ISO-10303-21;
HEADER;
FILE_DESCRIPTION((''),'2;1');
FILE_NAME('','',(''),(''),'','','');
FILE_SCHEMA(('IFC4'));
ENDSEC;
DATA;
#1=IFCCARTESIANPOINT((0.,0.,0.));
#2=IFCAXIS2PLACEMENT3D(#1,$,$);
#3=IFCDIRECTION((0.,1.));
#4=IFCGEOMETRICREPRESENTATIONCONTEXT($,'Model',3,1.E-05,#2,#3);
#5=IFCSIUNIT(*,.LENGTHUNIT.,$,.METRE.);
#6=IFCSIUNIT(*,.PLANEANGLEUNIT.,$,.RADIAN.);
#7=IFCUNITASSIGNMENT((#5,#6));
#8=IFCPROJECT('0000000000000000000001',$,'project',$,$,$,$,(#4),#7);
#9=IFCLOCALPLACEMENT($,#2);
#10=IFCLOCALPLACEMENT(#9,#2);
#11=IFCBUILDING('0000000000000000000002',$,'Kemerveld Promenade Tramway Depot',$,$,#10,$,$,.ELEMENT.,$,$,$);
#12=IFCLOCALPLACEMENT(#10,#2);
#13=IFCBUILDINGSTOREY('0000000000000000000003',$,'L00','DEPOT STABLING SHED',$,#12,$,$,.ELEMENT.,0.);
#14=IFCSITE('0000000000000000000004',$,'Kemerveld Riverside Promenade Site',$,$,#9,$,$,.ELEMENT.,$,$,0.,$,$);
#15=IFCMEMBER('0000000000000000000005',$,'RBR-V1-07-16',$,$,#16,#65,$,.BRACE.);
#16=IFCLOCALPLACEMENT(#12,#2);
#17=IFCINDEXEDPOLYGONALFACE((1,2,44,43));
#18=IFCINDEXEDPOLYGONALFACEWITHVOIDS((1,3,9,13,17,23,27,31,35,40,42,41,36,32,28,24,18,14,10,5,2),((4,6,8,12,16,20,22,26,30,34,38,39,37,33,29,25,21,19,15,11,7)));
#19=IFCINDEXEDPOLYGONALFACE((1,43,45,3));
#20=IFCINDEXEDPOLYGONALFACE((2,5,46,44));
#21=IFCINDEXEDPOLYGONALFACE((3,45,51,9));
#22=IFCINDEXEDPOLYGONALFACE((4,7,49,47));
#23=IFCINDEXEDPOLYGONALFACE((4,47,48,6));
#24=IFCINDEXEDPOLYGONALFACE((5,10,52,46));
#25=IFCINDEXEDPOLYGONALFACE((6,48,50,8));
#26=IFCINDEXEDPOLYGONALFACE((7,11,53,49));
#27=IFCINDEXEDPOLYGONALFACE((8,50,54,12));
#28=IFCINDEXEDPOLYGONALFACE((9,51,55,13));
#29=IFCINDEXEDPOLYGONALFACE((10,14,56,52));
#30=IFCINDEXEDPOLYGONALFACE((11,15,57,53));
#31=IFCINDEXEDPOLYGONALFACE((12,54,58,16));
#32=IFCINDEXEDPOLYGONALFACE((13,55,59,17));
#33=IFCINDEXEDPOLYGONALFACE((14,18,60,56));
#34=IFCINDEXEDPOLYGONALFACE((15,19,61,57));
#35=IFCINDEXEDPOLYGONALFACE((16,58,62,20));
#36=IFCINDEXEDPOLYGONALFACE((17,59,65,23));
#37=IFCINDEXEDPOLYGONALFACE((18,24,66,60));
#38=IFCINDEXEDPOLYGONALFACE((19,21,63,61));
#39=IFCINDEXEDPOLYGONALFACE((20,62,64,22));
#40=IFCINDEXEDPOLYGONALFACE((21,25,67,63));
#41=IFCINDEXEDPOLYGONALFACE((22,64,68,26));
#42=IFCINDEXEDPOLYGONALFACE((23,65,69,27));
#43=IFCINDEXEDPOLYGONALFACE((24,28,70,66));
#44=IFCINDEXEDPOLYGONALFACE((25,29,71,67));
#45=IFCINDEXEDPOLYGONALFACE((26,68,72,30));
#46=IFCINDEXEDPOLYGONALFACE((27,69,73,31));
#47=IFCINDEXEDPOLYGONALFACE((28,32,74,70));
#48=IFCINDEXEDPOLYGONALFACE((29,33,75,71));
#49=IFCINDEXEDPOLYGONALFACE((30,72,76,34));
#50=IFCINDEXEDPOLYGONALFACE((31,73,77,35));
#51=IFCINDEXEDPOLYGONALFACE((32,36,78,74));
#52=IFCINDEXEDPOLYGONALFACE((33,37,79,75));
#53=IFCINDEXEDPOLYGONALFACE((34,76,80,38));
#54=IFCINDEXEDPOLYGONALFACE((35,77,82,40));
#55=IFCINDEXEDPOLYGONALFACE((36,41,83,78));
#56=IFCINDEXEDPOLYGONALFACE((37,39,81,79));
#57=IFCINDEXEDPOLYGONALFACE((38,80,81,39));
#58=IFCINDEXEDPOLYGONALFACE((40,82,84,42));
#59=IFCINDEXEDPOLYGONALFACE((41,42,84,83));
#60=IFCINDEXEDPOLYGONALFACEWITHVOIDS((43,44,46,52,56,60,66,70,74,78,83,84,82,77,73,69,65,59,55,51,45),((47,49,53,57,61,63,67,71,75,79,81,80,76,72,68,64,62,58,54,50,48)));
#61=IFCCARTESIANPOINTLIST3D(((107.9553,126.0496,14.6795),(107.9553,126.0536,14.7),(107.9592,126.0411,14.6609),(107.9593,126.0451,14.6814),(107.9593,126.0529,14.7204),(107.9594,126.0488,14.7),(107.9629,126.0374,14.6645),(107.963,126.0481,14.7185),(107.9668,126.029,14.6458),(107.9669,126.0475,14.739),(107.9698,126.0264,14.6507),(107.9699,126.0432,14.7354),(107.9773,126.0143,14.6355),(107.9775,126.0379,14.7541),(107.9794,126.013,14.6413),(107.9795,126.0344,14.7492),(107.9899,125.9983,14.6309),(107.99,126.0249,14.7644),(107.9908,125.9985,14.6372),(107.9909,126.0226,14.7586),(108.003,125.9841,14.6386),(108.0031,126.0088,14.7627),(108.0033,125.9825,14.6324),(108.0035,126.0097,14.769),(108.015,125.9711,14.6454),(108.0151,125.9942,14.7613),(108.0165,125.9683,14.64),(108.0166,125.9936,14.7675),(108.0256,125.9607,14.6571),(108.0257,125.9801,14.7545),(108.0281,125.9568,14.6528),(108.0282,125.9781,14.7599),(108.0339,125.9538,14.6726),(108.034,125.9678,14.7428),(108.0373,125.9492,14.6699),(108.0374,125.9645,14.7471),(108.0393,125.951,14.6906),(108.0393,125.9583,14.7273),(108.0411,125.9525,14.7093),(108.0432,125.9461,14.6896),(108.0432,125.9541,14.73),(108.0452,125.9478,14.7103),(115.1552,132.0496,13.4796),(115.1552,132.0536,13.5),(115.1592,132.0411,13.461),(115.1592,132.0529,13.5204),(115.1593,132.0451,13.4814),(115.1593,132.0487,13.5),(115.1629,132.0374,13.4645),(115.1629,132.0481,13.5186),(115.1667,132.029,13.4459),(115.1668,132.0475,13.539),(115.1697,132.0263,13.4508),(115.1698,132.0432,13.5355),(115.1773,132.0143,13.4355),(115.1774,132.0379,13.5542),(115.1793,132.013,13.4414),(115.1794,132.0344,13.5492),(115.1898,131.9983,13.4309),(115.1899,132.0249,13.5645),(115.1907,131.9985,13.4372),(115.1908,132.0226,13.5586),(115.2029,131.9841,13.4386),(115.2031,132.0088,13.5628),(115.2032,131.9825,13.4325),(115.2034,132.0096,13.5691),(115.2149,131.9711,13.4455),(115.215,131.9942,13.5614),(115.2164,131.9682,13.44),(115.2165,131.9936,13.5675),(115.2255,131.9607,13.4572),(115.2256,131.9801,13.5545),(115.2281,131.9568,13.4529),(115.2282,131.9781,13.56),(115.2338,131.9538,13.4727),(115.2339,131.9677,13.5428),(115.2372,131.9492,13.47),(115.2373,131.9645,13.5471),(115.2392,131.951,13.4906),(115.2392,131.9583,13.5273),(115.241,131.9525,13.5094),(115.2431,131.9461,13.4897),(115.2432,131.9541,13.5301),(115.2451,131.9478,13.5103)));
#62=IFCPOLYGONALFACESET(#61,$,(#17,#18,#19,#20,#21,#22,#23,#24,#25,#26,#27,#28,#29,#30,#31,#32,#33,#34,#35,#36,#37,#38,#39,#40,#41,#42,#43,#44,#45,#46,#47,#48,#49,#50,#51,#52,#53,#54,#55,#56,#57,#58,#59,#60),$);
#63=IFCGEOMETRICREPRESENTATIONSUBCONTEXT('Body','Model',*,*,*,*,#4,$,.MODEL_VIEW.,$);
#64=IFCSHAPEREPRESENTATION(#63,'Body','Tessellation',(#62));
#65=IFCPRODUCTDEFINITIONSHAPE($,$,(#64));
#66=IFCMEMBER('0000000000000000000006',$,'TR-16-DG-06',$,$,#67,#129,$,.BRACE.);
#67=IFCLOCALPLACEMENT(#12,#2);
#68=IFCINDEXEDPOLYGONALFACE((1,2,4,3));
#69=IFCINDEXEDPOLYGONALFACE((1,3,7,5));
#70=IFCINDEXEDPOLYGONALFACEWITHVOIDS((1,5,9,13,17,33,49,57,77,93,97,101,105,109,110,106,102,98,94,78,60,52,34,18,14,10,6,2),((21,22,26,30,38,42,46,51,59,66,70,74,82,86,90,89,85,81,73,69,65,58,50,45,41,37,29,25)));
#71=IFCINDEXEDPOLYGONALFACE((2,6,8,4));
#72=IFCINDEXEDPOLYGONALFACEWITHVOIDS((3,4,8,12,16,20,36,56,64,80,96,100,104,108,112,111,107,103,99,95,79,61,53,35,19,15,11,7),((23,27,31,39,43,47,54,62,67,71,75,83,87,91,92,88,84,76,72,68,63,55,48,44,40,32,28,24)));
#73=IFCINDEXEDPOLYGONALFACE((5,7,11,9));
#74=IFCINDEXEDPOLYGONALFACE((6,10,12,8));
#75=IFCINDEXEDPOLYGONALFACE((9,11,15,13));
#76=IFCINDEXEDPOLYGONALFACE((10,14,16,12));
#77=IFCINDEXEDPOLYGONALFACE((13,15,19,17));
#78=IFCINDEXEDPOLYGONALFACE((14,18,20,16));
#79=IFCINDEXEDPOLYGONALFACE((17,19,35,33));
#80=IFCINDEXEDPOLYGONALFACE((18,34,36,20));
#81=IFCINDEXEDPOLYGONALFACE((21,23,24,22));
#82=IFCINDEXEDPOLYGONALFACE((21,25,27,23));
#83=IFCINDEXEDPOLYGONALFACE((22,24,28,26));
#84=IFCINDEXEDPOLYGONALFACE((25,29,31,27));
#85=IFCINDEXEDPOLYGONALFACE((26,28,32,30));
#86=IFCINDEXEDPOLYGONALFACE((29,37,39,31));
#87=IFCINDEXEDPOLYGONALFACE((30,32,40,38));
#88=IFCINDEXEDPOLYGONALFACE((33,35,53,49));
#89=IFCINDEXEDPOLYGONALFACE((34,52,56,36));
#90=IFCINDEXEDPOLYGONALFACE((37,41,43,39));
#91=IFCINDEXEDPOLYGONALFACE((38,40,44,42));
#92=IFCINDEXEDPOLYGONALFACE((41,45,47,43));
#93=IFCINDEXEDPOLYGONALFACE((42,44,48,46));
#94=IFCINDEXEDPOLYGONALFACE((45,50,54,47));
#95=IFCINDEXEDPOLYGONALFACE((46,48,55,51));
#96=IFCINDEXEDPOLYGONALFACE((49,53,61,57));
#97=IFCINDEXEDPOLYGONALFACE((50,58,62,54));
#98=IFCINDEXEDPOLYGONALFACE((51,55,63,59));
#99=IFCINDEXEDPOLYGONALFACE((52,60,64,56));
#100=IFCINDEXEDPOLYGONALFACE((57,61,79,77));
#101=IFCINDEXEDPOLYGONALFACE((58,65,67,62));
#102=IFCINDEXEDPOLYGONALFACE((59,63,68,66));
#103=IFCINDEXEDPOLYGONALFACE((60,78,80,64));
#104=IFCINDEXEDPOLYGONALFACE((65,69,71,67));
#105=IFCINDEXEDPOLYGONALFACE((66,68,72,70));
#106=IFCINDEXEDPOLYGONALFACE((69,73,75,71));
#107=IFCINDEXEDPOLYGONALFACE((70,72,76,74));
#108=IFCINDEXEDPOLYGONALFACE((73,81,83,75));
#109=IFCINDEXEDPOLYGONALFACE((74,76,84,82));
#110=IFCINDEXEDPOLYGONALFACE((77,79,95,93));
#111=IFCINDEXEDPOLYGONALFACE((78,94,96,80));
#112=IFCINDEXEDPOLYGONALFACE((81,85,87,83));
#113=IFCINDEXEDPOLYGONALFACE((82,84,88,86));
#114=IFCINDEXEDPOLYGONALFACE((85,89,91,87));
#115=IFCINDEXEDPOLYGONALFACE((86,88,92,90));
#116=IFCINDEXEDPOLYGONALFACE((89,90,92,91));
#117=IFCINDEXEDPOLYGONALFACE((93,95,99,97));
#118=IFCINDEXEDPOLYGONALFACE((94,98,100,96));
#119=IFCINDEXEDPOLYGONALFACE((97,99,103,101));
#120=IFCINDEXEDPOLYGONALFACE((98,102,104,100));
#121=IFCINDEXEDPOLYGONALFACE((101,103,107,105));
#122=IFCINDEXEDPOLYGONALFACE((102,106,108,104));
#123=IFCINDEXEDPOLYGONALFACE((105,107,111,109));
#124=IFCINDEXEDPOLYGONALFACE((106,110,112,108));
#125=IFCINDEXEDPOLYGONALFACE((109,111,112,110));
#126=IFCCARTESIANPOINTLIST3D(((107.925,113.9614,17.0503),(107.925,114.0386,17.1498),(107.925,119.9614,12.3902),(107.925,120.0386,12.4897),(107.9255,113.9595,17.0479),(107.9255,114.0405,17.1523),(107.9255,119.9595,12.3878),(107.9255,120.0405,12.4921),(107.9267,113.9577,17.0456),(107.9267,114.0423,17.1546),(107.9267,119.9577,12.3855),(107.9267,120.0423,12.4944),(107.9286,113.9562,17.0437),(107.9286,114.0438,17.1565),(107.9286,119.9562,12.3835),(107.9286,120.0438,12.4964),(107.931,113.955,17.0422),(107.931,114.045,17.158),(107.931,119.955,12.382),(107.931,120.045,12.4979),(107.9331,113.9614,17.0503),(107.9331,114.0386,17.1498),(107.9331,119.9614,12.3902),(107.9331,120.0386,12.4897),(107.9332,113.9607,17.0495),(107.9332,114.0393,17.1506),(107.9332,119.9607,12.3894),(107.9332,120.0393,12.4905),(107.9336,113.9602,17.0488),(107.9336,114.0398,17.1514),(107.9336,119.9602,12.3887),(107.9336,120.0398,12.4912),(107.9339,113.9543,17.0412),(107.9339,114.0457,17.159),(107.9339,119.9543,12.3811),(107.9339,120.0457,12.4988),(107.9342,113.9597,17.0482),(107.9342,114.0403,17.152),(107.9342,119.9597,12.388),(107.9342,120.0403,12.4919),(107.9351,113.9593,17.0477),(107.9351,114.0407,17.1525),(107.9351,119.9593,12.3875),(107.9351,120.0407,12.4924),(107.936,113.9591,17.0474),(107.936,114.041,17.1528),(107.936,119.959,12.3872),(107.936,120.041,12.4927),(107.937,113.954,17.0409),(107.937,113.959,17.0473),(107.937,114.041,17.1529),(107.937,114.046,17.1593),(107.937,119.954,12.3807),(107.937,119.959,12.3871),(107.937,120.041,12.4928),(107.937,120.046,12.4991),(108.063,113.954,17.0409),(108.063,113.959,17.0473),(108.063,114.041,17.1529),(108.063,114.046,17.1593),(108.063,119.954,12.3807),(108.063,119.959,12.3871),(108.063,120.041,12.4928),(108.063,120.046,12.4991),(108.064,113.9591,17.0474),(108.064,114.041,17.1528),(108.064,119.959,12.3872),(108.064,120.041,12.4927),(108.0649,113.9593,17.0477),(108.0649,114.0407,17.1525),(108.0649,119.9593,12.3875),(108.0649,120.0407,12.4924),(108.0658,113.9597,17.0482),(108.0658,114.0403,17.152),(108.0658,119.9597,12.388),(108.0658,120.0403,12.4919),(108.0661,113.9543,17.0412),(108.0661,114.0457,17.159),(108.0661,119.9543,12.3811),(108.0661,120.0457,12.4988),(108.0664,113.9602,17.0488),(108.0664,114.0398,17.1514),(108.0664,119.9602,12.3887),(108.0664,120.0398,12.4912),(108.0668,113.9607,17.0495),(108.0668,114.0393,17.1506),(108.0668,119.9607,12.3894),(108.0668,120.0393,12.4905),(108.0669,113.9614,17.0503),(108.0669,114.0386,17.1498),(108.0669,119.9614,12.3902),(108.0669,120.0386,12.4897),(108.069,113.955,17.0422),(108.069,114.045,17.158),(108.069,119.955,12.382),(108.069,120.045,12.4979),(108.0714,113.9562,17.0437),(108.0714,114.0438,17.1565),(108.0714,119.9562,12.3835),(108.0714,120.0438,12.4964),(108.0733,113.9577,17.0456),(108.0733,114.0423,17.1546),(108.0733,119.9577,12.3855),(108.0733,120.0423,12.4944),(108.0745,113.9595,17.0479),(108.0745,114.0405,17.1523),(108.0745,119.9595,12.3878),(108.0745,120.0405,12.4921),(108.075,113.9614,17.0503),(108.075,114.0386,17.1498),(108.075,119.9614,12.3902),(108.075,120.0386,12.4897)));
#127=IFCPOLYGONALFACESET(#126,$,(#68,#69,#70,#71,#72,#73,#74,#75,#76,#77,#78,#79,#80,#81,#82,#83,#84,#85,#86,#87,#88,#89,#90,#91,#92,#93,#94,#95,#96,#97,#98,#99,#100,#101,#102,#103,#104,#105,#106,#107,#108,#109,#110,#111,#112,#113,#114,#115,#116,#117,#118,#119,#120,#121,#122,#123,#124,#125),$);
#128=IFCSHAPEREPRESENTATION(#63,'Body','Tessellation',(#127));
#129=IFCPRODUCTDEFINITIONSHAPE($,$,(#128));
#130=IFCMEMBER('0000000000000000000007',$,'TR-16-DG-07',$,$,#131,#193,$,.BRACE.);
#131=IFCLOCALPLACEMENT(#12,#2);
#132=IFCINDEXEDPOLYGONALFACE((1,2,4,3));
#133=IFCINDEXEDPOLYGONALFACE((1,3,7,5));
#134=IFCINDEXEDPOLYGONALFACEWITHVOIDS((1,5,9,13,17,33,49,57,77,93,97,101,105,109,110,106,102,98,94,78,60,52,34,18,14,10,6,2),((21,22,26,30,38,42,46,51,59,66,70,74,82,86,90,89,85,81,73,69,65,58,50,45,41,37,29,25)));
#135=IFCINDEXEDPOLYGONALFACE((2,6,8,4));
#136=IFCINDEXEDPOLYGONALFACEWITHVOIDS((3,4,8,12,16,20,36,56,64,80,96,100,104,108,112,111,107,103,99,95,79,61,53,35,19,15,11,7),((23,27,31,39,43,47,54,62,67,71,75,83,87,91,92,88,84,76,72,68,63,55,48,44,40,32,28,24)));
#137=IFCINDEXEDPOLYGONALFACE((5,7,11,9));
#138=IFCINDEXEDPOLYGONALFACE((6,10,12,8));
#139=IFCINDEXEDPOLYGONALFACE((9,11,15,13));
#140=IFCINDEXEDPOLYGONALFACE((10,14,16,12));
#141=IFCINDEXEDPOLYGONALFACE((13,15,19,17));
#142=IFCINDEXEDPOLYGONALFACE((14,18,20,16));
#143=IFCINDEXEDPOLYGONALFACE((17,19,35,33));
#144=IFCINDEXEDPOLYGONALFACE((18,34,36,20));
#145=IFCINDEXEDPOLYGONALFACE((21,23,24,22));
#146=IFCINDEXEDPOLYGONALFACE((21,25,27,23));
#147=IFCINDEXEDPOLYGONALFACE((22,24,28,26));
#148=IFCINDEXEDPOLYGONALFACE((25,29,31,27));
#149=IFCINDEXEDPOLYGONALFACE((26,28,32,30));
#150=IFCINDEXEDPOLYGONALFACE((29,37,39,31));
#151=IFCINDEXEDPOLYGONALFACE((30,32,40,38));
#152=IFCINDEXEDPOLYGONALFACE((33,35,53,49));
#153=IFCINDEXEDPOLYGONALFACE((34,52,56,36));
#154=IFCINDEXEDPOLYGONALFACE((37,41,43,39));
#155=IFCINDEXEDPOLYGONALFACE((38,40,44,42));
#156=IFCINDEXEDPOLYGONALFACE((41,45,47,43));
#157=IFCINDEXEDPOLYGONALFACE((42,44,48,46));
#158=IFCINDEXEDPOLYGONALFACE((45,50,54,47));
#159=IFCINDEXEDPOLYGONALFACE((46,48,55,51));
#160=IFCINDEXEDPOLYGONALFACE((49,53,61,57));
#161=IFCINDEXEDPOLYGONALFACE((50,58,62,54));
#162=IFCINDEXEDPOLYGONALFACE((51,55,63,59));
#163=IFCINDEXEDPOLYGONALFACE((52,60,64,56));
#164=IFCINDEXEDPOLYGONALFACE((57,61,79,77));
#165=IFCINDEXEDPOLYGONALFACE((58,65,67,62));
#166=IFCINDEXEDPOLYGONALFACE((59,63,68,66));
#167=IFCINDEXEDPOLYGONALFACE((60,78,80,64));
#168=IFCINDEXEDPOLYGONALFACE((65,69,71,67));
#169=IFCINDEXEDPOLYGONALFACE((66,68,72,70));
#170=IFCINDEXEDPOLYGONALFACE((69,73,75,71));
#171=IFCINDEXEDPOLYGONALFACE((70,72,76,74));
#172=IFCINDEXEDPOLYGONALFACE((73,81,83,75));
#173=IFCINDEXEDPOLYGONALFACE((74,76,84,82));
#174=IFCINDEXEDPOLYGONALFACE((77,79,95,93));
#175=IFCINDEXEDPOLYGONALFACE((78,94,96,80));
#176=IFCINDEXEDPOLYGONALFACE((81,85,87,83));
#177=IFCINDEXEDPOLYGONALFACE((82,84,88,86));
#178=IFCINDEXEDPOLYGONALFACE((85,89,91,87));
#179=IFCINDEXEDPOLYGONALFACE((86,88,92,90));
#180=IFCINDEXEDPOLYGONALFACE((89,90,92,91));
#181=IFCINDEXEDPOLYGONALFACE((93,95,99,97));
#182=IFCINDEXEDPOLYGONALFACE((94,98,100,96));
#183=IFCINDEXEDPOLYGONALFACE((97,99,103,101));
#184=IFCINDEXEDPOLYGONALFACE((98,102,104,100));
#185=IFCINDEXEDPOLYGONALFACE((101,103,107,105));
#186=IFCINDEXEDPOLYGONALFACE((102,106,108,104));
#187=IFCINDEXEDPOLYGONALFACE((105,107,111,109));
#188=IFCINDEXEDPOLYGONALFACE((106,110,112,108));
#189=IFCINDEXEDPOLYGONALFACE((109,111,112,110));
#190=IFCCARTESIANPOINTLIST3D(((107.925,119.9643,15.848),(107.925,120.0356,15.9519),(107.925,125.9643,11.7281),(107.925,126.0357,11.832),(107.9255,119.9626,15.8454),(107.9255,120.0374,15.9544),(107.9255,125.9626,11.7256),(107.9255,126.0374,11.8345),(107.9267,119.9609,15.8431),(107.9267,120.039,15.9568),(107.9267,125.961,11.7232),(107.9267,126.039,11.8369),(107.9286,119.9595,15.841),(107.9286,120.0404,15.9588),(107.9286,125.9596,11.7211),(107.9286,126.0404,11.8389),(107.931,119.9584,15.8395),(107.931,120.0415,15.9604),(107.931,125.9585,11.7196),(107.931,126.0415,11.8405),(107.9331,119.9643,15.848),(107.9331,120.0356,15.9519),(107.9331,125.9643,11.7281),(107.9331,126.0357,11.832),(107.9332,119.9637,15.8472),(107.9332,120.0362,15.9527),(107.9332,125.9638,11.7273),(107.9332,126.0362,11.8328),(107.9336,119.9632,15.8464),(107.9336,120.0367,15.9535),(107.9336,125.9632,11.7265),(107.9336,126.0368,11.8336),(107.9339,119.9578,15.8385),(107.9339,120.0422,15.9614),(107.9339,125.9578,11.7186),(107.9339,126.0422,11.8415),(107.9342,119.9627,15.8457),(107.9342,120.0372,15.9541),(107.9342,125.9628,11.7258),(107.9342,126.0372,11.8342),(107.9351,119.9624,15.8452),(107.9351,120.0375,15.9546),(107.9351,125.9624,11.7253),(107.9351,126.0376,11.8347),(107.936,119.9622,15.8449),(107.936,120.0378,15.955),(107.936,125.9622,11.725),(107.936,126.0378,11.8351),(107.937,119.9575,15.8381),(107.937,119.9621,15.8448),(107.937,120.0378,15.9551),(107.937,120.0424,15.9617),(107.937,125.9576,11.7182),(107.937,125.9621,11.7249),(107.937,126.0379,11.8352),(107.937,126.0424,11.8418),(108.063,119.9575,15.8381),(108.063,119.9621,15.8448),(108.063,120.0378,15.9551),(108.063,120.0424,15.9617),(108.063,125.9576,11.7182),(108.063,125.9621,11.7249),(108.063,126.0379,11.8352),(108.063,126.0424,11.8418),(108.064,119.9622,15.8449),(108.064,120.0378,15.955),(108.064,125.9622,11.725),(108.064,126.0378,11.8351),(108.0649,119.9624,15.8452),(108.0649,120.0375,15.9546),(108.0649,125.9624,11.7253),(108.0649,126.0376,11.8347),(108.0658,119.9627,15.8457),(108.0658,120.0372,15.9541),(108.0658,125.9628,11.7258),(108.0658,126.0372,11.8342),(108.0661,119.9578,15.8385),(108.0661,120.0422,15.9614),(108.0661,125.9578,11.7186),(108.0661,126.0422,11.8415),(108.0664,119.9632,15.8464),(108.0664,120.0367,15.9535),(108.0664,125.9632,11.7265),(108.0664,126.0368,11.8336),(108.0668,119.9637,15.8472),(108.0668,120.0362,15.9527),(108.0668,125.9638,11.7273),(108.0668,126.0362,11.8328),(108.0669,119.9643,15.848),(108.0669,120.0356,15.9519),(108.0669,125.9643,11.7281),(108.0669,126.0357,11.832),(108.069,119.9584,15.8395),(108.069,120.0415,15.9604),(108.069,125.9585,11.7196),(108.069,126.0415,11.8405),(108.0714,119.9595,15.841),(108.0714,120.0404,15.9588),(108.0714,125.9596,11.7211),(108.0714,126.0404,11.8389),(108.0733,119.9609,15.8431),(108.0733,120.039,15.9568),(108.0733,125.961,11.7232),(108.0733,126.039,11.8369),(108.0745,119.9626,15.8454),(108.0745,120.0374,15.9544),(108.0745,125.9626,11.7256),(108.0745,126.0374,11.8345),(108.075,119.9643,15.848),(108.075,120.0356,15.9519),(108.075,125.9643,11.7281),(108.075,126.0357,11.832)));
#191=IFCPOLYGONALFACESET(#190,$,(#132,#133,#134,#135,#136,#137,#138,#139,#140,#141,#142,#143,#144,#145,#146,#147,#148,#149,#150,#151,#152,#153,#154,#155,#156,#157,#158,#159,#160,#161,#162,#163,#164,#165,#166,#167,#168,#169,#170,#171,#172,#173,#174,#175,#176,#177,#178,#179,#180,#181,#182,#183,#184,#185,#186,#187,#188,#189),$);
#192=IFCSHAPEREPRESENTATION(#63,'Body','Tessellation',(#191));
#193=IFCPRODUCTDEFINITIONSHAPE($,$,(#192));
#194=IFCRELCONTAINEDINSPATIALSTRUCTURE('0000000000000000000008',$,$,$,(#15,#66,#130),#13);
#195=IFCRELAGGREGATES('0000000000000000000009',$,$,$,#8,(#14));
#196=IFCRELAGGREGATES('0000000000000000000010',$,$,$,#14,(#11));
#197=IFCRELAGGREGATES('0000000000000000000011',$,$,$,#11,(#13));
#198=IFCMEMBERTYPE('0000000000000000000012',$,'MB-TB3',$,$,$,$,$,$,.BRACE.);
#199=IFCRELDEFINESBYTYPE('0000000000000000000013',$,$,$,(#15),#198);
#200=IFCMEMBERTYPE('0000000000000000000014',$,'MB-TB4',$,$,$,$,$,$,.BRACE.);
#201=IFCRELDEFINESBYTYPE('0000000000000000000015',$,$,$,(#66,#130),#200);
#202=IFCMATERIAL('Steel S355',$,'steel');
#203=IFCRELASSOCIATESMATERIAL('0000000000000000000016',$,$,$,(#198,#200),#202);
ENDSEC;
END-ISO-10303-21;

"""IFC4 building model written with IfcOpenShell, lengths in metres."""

from ifc_helpers import new_model, si_unit, direction, frame, origin, origin_2d, place, context, subcontext, project, spatial, hollow_rectangle, hollow_circle, extrude, material, material_profile, profile_set, type_object, element, save


model = new_model("IFC4")

# Units and contexts
model_context = context("Model", 3, precision=1e-05, world=origin(), true_north=direction((0.0, 1.0)))
body_context = subcontext(model_context, "Body", "Model", "MODEL_VIEW")
ifc_project = project(units=[si_unit("LENGTHUNIT", "METRE"), si_unit("PLANEANGLEUNIT", "RADIAN")], contexts=[model_context])

# Site, building, storey
site_placement = place(None, origin())
site = spatial("IfcSite", under=ifc_project, at=site_placement, Name="Kemerveld Riverside Promenade Site", CompositionType="ELEMENT", RefElevation=0.0)
building_placement = place(site_placement, origin())
building = spatial("IfcBuilding", under=site, at=building_placement, Name="Kemerveld Promenade Tramway Depot", CompositionType="ELEMENT")
storey_placement = place(building_placement, origin())
storey = spatial("IfcBuildingStorey", under=building, at=storey_placement, Name="L00", Description="DEPOT STABLING SHED", CompositionType="ELEMENT", Elevation=0.0)

# Members
ifc_material_1 = material(Name="Steel S355", Category="steel")
ifc_material_profile_1 = material_profile(ifc_material_1, hollow_circle(Radius=0.0698, WallThickness=0.0063, at=origin_2d()), Name="139.7x6.3 CHS")
ifc_profile_set_1 = profile_set([ifc_material_profile_1], Name="Steel S355")
member_type_1 = type_object("IfcMemberType", Name="MB-TB3", PredefinedType="BRACE", material=ifc_profile_set_1)
for number, where, z_axis, x_axis, name in (
    (1, (108.0, 126.0, 14.7), (0.761999, 0.635004, -0.126996), (-0.640187, 0.768219, 0.0), "RBR-V1-07-16"),
):
    element("IfcMember", number, at=place(storey_placement, frame(where, z_axis=z_axis, x_axis=x_axis)), inside=storey, type_object=member_type_1, Name=name, PredefinedType="BRACE", context=body_context, shape_type="SweptSolid", body=[
        extrude(hollow_circle(Radius=0.0698, WallThickness=0.0063, at=origin_2d()), origin(), (0.0, 0.0, 1.0), 9.4487),
    ])
ifc_material_profile_2 = material_profile(ifc_material_1, hollow_rectangle(XDim=0.1499, YDim=0.1499, WallThickness=0.0081, InnerFilletRadius=0.0039, OuterFilletRadius=0.012, at=origin_2d()), Name="150x150x8.0 SHS")
ifc_profile_set_2 = profile_set([ifc_material_profile_2], Name="Steel S355")
member_type_2 = type_object("IfcMemberType", Name="MB-TB4", PredefinedType="BRACE", material=ifc_profile_set_2)
member_1_placement = place(storey_placement, frame((108.0, 120.0, 12.4399), z_axis=(0.0, -0.789767, 0.613407), x_axis=(1.0, 0.0, 0.0)))
element("IfcMember", 2, at=member_1_placement, inside=storey, type_object=member_type_2, Name="TR-16-DG-06", PredefinedType="BRACE", context=body_context, shape_type="SweptSolid", body=[
    extrude(hollow_rectangle(XDim=0.1499, YDim=0.1499, WallThickness=0.0081, InnerFilletRadius=0.0039, OuterFilletRadius=0.012, at=origin_2d()), origin(), (0.0, 0.0, 1.0), 7.5972),
])
member_2_placement = place(storey_placement, frame((108.0, 126.0, 11.78), z_axis=(0.0, -0.824371, 0.56605), x_axis=(1.0, 0.0, 0.0)))
element("IfcMember", 3, at=member_2_placement, inside=storey, type_object=member_type_2, Name="TR-16-DG-07", PredefinedType="BRACE", context=body_context, shape_type="SweptSolid", body=[
    extrude(hollow_rectangle(XDim=0.1499, YDim=0.1499, WallThickness=0.0081, InnerFilletRadius=0.0039, OuterFilletRadius=0.012, at=origin_2d()), origin(), (0.0, 0.0, 1.0), 7.2783),
])

save(model, "model.ifc")
